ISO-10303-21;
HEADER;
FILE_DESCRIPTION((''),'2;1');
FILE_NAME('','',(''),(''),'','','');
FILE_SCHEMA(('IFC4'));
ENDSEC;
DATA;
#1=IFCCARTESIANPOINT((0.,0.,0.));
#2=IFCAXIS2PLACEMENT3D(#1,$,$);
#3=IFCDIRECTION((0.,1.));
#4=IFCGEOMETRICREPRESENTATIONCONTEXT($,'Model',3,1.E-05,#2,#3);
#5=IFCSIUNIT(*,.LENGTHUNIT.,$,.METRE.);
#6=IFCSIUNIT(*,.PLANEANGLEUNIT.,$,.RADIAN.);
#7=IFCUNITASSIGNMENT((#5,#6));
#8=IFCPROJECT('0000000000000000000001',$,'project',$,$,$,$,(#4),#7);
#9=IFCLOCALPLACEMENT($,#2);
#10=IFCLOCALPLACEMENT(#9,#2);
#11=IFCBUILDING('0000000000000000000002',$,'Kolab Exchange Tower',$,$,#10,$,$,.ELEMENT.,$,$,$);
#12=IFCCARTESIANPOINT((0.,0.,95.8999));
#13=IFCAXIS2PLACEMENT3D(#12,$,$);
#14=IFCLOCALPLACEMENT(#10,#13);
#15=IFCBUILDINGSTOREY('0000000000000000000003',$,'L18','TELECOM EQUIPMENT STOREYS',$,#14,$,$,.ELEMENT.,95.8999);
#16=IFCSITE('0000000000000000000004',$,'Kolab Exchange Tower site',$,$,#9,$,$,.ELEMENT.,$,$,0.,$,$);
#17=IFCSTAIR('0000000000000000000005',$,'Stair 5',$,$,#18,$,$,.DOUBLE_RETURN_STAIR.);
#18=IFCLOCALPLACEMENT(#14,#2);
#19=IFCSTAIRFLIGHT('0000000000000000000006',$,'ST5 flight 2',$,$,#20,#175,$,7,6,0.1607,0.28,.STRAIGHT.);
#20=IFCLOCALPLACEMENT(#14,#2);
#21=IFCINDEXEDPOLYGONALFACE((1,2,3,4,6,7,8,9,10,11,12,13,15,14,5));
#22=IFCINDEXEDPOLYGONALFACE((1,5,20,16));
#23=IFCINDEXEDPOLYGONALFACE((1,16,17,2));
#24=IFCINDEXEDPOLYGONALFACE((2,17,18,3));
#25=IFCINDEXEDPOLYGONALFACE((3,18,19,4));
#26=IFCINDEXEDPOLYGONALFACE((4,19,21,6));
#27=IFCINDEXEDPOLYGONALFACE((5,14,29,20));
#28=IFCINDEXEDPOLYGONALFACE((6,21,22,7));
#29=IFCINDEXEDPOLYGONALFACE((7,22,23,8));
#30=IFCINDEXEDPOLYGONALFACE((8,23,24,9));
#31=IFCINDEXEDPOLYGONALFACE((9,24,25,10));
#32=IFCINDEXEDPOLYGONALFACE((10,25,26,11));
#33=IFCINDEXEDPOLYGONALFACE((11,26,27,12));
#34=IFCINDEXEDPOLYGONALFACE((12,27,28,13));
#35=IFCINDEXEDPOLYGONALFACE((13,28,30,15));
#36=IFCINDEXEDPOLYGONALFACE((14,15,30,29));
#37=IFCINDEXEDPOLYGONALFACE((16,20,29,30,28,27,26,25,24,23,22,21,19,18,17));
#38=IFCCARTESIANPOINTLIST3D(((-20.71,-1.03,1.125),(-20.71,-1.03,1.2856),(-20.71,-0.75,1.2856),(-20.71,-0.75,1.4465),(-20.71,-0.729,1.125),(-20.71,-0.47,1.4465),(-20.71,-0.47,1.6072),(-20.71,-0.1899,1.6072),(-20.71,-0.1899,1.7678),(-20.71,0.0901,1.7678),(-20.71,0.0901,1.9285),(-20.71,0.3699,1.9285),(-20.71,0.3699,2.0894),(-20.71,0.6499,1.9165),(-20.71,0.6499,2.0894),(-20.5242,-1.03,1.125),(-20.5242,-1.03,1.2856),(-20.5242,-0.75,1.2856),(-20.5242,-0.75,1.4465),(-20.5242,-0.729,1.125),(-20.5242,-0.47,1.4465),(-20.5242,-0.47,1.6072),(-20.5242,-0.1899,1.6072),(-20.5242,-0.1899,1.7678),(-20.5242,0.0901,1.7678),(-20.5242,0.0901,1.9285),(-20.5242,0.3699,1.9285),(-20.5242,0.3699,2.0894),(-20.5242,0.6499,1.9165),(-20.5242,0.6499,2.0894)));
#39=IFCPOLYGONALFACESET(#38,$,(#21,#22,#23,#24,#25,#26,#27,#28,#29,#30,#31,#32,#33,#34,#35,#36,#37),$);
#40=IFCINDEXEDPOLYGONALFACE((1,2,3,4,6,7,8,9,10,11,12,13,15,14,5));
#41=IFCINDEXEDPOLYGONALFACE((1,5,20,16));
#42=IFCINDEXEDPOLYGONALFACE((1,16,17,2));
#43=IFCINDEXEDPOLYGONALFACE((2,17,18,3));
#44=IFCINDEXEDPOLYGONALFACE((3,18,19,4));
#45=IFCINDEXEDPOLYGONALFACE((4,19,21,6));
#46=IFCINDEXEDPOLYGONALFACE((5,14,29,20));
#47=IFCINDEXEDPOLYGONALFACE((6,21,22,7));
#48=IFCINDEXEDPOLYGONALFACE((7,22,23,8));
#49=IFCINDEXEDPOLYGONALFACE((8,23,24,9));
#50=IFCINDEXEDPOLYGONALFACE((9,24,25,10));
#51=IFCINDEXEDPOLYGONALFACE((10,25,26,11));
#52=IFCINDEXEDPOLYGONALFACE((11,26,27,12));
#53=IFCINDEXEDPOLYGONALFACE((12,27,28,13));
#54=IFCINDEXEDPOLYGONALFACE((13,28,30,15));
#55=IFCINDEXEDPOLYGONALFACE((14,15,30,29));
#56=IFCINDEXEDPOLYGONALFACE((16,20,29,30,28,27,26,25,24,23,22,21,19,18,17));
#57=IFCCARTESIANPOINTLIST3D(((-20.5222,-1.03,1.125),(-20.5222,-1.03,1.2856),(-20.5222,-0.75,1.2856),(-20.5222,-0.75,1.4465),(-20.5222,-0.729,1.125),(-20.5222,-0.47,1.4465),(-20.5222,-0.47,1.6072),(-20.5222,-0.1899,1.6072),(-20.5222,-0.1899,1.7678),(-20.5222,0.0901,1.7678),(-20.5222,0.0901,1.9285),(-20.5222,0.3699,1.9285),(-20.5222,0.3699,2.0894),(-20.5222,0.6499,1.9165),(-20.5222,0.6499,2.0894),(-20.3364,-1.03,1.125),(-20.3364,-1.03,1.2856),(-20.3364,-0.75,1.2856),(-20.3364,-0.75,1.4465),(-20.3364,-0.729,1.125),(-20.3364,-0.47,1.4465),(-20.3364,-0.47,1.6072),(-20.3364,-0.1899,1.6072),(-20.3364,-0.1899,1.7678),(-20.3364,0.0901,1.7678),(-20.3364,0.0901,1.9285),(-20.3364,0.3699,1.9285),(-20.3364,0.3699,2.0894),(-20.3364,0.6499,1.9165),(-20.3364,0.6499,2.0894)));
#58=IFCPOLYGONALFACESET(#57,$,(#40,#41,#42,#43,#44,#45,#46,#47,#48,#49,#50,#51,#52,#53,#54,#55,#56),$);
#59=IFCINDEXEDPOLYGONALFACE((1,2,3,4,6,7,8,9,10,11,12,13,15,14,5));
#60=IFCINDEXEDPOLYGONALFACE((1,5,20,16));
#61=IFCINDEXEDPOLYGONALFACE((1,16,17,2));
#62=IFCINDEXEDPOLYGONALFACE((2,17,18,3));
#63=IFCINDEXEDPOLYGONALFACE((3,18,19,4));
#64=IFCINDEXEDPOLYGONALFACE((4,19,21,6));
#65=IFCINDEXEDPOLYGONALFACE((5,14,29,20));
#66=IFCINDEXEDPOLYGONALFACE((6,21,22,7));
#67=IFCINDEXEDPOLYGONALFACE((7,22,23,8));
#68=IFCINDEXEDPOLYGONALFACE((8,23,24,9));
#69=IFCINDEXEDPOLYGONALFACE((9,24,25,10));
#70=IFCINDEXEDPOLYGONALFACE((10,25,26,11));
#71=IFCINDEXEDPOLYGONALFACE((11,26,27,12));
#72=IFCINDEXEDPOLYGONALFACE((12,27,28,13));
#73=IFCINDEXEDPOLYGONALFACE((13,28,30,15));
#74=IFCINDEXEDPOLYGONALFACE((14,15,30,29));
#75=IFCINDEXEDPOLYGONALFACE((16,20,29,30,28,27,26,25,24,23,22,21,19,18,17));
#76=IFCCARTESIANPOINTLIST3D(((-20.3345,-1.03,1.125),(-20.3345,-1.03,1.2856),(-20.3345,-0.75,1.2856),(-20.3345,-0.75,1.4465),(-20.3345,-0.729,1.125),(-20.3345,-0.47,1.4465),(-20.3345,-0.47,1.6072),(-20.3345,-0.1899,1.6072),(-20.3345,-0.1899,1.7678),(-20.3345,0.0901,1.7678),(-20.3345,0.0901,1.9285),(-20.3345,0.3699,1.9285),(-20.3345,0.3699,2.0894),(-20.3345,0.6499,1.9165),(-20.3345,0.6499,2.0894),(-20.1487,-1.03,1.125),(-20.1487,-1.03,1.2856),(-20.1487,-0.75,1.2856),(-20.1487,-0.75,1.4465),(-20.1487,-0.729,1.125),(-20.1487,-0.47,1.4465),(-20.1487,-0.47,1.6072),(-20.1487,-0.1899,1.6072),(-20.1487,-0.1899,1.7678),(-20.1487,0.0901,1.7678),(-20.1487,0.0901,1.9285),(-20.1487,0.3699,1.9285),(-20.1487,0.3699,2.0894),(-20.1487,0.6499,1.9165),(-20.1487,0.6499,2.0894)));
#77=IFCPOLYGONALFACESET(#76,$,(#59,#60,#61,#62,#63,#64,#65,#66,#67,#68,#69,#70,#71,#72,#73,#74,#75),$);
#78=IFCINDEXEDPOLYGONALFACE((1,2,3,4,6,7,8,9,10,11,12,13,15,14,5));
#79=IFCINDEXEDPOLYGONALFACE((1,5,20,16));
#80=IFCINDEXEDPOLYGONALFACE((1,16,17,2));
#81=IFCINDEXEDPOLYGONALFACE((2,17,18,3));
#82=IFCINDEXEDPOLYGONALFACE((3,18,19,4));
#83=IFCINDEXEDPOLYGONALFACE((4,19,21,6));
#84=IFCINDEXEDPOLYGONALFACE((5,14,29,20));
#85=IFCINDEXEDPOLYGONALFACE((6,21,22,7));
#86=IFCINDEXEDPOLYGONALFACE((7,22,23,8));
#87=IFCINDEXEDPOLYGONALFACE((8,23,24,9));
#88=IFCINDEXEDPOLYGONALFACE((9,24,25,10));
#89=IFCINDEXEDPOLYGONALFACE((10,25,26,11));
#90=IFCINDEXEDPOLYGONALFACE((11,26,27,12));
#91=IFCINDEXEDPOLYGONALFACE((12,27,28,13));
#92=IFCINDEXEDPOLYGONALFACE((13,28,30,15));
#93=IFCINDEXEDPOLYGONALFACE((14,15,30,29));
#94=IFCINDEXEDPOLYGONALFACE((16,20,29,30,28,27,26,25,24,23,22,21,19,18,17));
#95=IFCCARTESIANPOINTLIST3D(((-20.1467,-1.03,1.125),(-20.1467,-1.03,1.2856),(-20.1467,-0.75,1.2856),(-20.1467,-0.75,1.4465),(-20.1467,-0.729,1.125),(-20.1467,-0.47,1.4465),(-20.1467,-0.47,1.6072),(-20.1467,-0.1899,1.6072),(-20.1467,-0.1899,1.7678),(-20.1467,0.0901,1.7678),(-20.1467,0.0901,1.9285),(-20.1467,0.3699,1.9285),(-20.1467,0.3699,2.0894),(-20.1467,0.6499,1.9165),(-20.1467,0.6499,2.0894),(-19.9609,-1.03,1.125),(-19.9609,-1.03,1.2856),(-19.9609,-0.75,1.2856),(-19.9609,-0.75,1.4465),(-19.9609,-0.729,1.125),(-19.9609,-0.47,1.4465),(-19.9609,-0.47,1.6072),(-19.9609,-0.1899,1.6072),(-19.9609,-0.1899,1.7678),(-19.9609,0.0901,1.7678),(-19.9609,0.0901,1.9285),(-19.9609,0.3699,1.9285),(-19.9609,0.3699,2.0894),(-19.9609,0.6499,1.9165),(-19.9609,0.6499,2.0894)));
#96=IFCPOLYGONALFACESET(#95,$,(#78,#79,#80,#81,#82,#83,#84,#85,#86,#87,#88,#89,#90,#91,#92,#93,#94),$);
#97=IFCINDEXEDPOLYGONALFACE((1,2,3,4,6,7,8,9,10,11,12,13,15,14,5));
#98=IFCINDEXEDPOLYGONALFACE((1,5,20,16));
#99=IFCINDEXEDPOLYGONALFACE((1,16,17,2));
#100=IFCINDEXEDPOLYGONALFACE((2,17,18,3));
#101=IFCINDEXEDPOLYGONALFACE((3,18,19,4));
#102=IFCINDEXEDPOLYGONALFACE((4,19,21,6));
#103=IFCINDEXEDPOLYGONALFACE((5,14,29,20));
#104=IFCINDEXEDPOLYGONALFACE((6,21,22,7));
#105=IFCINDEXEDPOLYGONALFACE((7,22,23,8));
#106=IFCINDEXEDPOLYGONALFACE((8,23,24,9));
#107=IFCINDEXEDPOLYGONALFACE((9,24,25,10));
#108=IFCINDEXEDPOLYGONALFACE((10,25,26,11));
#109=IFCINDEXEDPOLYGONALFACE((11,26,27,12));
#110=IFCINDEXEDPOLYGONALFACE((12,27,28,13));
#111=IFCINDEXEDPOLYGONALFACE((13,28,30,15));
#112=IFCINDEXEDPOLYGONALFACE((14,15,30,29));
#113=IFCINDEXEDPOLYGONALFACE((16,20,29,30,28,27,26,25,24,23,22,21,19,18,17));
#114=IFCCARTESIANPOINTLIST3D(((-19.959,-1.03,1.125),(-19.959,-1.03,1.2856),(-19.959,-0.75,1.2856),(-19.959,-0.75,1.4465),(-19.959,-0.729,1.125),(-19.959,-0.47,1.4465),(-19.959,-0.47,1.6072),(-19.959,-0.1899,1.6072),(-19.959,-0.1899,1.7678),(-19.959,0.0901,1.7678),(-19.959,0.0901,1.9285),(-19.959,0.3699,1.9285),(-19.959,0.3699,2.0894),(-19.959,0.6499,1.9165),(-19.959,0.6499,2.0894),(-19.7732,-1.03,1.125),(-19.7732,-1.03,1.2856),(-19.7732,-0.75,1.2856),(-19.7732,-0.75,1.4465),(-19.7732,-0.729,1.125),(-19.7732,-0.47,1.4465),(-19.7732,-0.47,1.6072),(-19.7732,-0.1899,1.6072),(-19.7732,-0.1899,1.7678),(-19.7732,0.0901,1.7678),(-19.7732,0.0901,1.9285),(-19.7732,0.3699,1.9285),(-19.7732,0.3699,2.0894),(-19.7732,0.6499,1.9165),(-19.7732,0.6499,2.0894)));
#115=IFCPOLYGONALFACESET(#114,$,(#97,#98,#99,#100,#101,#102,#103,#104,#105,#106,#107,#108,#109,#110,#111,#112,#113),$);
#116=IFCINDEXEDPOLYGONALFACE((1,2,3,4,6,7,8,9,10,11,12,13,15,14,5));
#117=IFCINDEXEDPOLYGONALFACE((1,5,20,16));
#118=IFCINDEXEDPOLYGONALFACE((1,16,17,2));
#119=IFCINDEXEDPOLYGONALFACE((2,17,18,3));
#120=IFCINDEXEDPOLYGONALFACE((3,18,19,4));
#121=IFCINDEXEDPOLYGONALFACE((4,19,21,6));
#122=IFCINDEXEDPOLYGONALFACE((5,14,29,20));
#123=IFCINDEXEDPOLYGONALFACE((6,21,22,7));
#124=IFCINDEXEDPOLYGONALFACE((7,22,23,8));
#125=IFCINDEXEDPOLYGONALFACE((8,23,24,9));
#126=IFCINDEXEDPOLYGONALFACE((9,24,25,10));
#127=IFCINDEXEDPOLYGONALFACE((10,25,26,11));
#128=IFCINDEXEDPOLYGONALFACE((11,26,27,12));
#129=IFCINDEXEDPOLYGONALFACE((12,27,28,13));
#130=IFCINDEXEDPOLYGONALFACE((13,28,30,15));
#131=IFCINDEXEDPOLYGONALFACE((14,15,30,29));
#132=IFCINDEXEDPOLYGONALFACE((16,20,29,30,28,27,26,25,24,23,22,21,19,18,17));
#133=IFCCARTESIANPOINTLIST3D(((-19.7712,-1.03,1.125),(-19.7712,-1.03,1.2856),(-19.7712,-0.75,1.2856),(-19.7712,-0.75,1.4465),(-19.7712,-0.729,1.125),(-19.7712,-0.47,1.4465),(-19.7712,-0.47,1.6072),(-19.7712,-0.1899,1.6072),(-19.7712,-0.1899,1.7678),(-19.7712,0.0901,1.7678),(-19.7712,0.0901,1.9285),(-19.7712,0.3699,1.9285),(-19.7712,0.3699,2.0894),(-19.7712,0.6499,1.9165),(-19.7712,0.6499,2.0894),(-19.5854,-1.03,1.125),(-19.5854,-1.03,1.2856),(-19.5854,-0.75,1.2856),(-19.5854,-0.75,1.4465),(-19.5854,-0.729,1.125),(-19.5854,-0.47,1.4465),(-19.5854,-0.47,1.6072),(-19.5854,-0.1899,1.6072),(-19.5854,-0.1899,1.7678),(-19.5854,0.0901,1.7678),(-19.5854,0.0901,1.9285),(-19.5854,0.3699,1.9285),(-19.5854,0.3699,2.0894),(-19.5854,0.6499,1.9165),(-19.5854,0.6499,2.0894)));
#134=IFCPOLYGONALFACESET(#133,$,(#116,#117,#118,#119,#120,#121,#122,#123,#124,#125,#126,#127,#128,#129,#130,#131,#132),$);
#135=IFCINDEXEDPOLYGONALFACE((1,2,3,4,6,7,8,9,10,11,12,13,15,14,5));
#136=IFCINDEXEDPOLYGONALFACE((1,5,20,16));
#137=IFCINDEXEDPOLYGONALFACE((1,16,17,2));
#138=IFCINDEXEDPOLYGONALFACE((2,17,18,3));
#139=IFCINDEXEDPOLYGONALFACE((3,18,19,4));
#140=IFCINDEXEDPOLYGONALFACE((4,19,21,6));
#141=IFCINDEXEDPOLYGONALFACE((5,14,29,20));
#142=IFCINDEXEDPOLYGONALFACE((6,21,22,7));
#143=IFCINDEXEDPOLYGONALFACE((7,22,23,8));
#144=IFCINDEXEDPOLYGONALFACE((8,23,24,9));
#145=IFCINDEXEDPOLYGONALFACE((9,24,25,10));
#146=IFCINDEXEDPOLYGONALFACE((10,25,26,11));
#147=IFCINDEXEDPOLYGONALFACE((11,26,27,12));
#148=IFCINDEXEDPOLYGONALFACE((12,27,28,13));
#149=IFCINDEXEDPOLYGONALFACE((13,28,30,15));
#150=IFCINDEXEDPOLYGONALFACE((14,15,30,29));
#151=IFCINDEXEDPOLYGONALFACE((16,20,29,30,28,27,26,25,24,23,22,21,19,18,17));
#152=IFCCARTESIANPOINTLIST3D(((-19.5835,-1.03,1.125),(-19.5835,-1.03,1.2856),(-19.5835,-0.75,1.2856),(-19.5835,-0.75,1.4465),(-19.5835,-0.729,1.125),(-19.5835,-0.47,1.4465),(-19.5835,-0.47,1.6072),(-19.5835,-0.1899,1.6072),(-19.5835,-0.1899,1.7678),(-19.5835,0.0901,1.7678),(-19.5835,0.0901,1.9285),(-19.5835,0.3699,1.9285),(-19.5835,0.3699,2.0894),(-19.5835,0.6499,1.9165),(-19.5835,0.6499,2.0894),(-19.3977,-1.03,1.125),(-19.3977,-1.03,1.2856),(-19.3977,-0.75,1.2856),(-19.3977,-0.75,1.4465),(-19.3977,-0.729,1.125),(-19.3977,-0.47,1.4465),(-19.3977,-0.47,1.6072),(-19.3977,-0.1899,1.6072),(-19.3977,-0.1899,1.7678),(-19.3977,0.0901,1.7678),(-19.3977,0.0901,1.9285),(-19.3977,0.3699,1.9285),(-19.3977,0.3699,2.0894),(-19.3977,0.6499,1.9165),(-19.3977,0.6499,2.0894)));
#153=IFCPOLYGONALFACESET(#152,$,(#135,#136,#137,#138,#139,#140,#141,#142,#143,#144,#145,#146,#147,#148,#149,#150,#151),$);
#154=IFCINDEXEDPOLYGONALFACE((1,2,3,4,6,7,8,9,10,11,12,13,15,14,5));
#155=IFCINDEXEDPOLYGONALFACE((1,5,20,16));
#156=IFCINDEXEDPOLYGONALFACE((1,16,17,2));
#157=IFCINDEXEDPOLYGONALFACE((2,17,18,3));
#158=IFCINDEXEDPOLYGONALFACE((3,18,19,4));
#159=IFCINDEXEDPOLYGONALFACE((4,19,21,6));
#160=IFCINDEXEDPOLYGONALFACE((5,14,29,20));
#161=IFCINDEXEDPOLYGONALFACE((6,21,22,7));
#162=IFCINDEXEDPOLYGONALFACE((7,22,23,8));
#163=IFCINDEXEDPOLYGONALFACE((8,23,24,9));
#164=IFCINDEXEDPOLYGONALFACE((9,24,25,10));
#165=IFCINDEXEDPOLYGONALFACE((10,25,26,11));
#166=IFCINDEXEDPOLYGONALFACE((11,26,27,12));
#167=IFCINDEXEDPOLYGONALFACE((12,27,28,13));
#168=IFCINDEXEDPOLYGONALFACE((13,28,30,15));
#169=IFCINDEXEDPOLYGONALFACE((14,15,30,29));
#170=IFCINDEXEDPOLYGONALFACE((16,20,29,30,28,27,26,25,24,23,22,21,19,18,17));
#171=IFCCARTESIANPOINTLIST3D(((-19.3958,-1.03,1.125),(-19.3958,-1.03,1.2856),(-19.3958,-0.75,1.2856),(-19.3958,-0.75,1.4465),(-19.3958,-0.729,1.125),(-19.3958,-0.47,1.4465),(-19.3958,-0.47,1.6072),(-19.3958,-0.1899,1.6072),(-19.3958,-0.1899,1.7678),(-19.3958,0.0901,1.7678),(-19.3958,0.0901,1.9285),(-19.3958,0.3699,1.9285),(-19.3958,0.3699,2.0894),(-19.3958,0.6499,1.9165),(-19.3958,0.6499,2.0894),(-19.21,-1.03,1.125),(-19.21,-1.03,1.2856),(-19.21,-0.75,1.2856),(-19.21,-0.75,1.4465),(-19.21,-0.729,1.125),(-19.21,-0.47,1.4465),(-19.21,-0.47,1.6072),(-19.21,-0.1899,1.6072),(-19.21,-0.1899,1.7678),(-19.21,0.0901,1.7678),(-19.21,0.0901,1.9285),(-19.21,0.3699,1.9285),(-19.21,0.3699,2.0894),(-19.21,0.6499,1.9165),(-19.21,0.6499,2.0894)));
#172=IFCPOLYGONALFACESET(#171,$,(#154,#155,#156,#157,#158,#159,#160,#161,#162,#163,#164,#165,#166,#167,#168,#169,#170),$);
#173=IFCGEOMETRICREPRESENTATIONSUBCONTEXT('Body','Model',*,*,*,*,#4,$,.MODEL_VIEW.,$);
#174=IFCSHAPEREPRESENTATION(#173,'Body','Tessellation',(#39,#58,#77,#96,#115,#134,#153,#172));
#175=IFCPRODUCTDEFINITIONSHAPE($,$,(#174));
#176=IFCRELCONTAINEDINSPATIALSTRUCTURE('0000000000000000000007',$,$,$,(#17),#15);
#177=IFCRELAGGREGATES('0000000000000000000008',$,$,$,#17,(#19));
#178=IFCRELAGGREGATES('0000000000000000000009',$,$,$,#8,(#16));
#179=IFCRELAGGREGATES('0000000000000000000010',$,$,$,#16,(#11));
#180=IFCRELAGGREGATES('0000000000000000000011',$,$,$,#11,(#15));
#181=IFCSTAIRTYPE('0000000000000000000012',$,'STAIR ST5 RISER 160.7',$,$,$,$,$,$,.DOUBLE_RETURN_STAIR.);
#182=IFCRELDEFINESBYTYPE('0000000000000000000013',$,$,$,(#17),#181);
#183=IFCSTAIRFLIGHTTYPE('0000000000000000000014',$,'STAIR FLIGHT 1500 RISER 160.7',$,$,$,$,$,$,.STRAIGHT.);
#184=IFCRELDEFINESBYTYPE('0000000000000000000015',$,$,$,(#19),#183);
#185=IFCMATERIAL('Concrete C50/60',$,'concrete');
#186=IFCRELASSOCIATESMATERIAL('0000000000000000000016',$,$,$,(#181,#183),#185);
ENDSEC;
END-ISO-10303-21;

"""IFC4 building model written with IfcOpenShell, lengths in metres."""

from ifc_helpers import new_model, si_unit, direction, frame, origin, place, context, subcontext, project, spatial, polyline, outline, extrude, material, type_object, element, aggregate, save


model = new_model("IFC4")

# Units and contexts
model_context = context("Model", 3, precision=1e-05, world=origin(), true_north=direction((0.0, 1.0)))
body_context = subcontext(model_context, "Body", "Model", "MODEL_VIEW")
ifc_project = project(units=[si_unit("LENGTHUNIT", "METRE"), si_unit("PLANEANGLEUNIT", "RADIAN")], contexts=[model_context])

# Site, building, storey
site_placement = place(None, origin())
site = spatial("IfcSite", under=ifc_project, at=site_placement, Name="Kolab Exchange Tower site", CompositionType="ELEMENT", RefElevation=0.0)
building_placement = place(site_placement, origin())
building = spatial("IfcBuilding", under=site, at=building_placement, Name="Kolab Exchange Tower", CompositionType="ELEMENT")
storey_placement = place(building_placement, frame((0.0, 0.0, 95.8999)))
storey = spatial("IfcBuildingStorey", under=building, at=storey_placement, Name="L18", Description="TELECOM EQUIPMENT STOREYS", CompositionType="ELEMENT", Elevation=95.8999)

# Shared definitions
ifc_material_1 = material(Name="Concrete C50/60", Category="concrete")

# Stair, stair flight
stair_type = type_object("IfcStairType", Name="STAIR ST5 RISER 160.7", PredefinedType="DOUBLE_RETURN_STAIR", material=ifc_material_1)
stair_placement = place(storey_placement, origin())
stair = element("IfcStair", 1, at=stair_placement, inside=storey, type_object=stair_type, Name="Stair 5", PredefinedType="DOUBLE_RETURN_STAIR")
stair_flight_type = type_object("IfcStairFlightType", Name="STAIR FLIGHT 1500 RISER 160.7", PredefinedType="STRAIGHT", material=ifc_material_1)
stair_flight_1_placement = place(storey_placement, frame((-19.96, -1.03, 1.125), z_axis=(0.0, 0.0, 1.0), x_axis=(0.0, 1.0, 0.0)))
stair_flight_1 = element("IfcStairFlight", 2, at=stair_flight_1_placement, type_object=stair_flight_type, Name="ST5 flight 2", NumberOfRisers=7, NumberOfTreads=6, PredefinedType="STRAIGHT", RiserHeight=0.1607, TreadLength=0.28, context=body_context, shape_type="SweptSolid", body=[
    extrude(outline(polyline([(0.0, 0.0), (0.0, 0.1606), (0.28, 0.1606), (0.28, 0.3215), (0.5601, 0.3215), (0.5601, 0.4822), (0.8401, 0.4822), (0.8401, 0.6428), (1.1201, 0.6428), (1.1201, 0.8035), (1.3999, 0.8035), (1.3999, 0.9644), (1.6799, 0.9644), (1.6799, 1.125), (1.6799, 0.7915), (0.301, 0.0), (0.0, 0.0)])), frame((0.0, 0.75, 0.0), z_axis=(0.0, -1.0, 0.0), x_axis=(1.0, 0.0, 0.0)), (0.0, 0.0, 1.0), 0.1858),
    extrude(outline(polyline([(0.0, 0.0), (0.0, 0.1606), (0.28, 0.1606), (0.28, 0.3215), (0.5601, 0.3215), (0.5601, 0.4822), (0.8401, 0.4822), (0.8401, 0.6428), (1.1201, 0.6428), (1.1201, 0.8035), (1.3999, 0.8035), (1.3999, 0.9644), (1.6799, 0.9644), (1.6799, 1.125), (1.6799, 0.7915), (0.301, 0.0), (0.0, 0.0)])), frame((0.0, 0.5623, 0.0), z_axis=(0.0, -1.0, 0.0), x_axis=(1.0, 0.0, 0.0)), (0.0, 0.0, 1.0), 0.1858),
    extrude(outline(polyline([(0.0, 0.0), (0.0, 0.1606), (0.28, 0.1606), (0.28, 0.3215), (0.5601, 0.3215), (0.5601, 0.4822), (0.8401, 0.4822), (0.8401, 0.6428), (1.1201, 0.6428), (1.1201, 0.8035), (1.3999, 0.8035), (1.3999, 0.9644), (1.6799, 0.9644), (1.6799, 1.125), (1.6799, 0.7915), (0.301, 0.0), (0.0, 0.0)])), frame((0.0, 0.3745, 0.0), z_axis=(0.0, -1.0, 0.0), x_axis=(1.0, 0.0, 0.0)), (0.0, 0.0, 1.0), 0.1858),
    extrude(outline(polyline([(0.0, 0.0), (0.0, 0.1606), (0.28, 0.1606), (0.28, 0.3215), (0.5601, 0.3215), (0.5601, 0.4822), (0.8401, 0.4822), (0.8401, 0.6428), (1.1201, 0.6428), (1.1201, 0.8035), (1.3999, 0.8035), (1.3999, 0.9644), (1.6799, 0.9644), (1.6799, 1.125), (1.6799, 0.7915), (0.301, 0.0), (0.0, 0.0)])), frame((0.0, 0.1868, 0.0), z_axis=(0.0, -1.0, 0.0), x_axis=(1.0, 0.0, 0.0)), (0.0, 0.0, 1.0), 0.1858),
    extrude(outline(polyline([(0.0, 0.0), (0.0, 0.1606), (0.28, 0.1606), (0.28, 0.3215), (0.5601, 0.3215), (0.5601, 0.4822), (0.8401, 0.4822), (0.8401, 0.6428), (1.1201, 0.6428), (1.1201, 0.8035), (1.3999, 0.8035), (1.3999, 0.9644), (1.6799, 0.9644), (1.6799, 1.125), (1.6799, 0.7915), (0.301, 0.0), (0.0, 0.0)])), frame((0.0, -0.001, 0.0), z_axis=(0.0, -1.0, 0.0), x_axis=(1.0, 0.0, 0.0)), (0.0, 0.0, 1.0), 0.1858),
    extrude(outline(polyline([(0.0, 0.0), (0.0, 0.1606), (0.28, 0.1606), (0.28, 0.3215), (0.5601, 0.3215), (0.5601, 0.4822), (0.8401, 0.4822), (0.8401, 0.6428), (1.1201, 0.6428), (1.1201, 0.8035), (1.3999, 0.8035), (1.3999, 0.9644), (1.6799, 0.9644), (1.6799, 1.125), (1.6799, 0.7915), (0.301, 0.0), (0.0, 0.0)])), frame((0.0, -0.1887, 0.0), z_axis=(0.0, -1.0, 0.0), x_axis=(1.0, 0.0, 0.0)), (0.0, 0.0, 1.0), 0.1858),
    extrude(outline(polyline([(0.0, 0.0), (0.0, 0.1606), (0.28, 0.1606), (0.28, 0.3215), (0.5601, 0.3215), (0.5601, 0.4822), (0.8401, 0.4822), (0.8401, 0.6428), (1.1201, 0.6428), (1.1201, 0.8035), (1.3999, 0.8035), (1.3999, 0.9644), (1.6799, 0.9644), (1.6799, 1.125), (1.6799, 0.7915), (0.301, 0.0), (0.0, 0.0)])), frame((0.0, -0.3765, 0.0), z_axis=(0.0, -1.0, 0.0), x_axis=(1.0, 0.0, 0.0)), (0.0, 0.0, 1.0), 0.1858),
    extrude(outline(polyline([(0.0, 0.0), (0.0, 0.1606), (0.28, 0.1606), (0.28, 0.3215), (0.5601, 0.3215), (0.5601, 0.4822), (0.8401, 0.4822), (0.8401, 0.6428), (1.1201, 0.6428), (1.1201, 0.8035), (1.3999, 0.8035), (1.3999, 0.9644), (1.6799, 0.9644), (1.6799, 1.125), (1.6799, 0.7915), (0.301, 0.0), (0.0, 0.0)])), frame((0.0, -0.5642, 0.0), z_axis=(0.0, -1.0, 0.0), x_axis=(1.0, 0.0, 0.0)), (0.0, 0.0, 1.0), 0.1858),
])
aggregate(stair, [stair_flight_1])

save(model, "model.ifc")
